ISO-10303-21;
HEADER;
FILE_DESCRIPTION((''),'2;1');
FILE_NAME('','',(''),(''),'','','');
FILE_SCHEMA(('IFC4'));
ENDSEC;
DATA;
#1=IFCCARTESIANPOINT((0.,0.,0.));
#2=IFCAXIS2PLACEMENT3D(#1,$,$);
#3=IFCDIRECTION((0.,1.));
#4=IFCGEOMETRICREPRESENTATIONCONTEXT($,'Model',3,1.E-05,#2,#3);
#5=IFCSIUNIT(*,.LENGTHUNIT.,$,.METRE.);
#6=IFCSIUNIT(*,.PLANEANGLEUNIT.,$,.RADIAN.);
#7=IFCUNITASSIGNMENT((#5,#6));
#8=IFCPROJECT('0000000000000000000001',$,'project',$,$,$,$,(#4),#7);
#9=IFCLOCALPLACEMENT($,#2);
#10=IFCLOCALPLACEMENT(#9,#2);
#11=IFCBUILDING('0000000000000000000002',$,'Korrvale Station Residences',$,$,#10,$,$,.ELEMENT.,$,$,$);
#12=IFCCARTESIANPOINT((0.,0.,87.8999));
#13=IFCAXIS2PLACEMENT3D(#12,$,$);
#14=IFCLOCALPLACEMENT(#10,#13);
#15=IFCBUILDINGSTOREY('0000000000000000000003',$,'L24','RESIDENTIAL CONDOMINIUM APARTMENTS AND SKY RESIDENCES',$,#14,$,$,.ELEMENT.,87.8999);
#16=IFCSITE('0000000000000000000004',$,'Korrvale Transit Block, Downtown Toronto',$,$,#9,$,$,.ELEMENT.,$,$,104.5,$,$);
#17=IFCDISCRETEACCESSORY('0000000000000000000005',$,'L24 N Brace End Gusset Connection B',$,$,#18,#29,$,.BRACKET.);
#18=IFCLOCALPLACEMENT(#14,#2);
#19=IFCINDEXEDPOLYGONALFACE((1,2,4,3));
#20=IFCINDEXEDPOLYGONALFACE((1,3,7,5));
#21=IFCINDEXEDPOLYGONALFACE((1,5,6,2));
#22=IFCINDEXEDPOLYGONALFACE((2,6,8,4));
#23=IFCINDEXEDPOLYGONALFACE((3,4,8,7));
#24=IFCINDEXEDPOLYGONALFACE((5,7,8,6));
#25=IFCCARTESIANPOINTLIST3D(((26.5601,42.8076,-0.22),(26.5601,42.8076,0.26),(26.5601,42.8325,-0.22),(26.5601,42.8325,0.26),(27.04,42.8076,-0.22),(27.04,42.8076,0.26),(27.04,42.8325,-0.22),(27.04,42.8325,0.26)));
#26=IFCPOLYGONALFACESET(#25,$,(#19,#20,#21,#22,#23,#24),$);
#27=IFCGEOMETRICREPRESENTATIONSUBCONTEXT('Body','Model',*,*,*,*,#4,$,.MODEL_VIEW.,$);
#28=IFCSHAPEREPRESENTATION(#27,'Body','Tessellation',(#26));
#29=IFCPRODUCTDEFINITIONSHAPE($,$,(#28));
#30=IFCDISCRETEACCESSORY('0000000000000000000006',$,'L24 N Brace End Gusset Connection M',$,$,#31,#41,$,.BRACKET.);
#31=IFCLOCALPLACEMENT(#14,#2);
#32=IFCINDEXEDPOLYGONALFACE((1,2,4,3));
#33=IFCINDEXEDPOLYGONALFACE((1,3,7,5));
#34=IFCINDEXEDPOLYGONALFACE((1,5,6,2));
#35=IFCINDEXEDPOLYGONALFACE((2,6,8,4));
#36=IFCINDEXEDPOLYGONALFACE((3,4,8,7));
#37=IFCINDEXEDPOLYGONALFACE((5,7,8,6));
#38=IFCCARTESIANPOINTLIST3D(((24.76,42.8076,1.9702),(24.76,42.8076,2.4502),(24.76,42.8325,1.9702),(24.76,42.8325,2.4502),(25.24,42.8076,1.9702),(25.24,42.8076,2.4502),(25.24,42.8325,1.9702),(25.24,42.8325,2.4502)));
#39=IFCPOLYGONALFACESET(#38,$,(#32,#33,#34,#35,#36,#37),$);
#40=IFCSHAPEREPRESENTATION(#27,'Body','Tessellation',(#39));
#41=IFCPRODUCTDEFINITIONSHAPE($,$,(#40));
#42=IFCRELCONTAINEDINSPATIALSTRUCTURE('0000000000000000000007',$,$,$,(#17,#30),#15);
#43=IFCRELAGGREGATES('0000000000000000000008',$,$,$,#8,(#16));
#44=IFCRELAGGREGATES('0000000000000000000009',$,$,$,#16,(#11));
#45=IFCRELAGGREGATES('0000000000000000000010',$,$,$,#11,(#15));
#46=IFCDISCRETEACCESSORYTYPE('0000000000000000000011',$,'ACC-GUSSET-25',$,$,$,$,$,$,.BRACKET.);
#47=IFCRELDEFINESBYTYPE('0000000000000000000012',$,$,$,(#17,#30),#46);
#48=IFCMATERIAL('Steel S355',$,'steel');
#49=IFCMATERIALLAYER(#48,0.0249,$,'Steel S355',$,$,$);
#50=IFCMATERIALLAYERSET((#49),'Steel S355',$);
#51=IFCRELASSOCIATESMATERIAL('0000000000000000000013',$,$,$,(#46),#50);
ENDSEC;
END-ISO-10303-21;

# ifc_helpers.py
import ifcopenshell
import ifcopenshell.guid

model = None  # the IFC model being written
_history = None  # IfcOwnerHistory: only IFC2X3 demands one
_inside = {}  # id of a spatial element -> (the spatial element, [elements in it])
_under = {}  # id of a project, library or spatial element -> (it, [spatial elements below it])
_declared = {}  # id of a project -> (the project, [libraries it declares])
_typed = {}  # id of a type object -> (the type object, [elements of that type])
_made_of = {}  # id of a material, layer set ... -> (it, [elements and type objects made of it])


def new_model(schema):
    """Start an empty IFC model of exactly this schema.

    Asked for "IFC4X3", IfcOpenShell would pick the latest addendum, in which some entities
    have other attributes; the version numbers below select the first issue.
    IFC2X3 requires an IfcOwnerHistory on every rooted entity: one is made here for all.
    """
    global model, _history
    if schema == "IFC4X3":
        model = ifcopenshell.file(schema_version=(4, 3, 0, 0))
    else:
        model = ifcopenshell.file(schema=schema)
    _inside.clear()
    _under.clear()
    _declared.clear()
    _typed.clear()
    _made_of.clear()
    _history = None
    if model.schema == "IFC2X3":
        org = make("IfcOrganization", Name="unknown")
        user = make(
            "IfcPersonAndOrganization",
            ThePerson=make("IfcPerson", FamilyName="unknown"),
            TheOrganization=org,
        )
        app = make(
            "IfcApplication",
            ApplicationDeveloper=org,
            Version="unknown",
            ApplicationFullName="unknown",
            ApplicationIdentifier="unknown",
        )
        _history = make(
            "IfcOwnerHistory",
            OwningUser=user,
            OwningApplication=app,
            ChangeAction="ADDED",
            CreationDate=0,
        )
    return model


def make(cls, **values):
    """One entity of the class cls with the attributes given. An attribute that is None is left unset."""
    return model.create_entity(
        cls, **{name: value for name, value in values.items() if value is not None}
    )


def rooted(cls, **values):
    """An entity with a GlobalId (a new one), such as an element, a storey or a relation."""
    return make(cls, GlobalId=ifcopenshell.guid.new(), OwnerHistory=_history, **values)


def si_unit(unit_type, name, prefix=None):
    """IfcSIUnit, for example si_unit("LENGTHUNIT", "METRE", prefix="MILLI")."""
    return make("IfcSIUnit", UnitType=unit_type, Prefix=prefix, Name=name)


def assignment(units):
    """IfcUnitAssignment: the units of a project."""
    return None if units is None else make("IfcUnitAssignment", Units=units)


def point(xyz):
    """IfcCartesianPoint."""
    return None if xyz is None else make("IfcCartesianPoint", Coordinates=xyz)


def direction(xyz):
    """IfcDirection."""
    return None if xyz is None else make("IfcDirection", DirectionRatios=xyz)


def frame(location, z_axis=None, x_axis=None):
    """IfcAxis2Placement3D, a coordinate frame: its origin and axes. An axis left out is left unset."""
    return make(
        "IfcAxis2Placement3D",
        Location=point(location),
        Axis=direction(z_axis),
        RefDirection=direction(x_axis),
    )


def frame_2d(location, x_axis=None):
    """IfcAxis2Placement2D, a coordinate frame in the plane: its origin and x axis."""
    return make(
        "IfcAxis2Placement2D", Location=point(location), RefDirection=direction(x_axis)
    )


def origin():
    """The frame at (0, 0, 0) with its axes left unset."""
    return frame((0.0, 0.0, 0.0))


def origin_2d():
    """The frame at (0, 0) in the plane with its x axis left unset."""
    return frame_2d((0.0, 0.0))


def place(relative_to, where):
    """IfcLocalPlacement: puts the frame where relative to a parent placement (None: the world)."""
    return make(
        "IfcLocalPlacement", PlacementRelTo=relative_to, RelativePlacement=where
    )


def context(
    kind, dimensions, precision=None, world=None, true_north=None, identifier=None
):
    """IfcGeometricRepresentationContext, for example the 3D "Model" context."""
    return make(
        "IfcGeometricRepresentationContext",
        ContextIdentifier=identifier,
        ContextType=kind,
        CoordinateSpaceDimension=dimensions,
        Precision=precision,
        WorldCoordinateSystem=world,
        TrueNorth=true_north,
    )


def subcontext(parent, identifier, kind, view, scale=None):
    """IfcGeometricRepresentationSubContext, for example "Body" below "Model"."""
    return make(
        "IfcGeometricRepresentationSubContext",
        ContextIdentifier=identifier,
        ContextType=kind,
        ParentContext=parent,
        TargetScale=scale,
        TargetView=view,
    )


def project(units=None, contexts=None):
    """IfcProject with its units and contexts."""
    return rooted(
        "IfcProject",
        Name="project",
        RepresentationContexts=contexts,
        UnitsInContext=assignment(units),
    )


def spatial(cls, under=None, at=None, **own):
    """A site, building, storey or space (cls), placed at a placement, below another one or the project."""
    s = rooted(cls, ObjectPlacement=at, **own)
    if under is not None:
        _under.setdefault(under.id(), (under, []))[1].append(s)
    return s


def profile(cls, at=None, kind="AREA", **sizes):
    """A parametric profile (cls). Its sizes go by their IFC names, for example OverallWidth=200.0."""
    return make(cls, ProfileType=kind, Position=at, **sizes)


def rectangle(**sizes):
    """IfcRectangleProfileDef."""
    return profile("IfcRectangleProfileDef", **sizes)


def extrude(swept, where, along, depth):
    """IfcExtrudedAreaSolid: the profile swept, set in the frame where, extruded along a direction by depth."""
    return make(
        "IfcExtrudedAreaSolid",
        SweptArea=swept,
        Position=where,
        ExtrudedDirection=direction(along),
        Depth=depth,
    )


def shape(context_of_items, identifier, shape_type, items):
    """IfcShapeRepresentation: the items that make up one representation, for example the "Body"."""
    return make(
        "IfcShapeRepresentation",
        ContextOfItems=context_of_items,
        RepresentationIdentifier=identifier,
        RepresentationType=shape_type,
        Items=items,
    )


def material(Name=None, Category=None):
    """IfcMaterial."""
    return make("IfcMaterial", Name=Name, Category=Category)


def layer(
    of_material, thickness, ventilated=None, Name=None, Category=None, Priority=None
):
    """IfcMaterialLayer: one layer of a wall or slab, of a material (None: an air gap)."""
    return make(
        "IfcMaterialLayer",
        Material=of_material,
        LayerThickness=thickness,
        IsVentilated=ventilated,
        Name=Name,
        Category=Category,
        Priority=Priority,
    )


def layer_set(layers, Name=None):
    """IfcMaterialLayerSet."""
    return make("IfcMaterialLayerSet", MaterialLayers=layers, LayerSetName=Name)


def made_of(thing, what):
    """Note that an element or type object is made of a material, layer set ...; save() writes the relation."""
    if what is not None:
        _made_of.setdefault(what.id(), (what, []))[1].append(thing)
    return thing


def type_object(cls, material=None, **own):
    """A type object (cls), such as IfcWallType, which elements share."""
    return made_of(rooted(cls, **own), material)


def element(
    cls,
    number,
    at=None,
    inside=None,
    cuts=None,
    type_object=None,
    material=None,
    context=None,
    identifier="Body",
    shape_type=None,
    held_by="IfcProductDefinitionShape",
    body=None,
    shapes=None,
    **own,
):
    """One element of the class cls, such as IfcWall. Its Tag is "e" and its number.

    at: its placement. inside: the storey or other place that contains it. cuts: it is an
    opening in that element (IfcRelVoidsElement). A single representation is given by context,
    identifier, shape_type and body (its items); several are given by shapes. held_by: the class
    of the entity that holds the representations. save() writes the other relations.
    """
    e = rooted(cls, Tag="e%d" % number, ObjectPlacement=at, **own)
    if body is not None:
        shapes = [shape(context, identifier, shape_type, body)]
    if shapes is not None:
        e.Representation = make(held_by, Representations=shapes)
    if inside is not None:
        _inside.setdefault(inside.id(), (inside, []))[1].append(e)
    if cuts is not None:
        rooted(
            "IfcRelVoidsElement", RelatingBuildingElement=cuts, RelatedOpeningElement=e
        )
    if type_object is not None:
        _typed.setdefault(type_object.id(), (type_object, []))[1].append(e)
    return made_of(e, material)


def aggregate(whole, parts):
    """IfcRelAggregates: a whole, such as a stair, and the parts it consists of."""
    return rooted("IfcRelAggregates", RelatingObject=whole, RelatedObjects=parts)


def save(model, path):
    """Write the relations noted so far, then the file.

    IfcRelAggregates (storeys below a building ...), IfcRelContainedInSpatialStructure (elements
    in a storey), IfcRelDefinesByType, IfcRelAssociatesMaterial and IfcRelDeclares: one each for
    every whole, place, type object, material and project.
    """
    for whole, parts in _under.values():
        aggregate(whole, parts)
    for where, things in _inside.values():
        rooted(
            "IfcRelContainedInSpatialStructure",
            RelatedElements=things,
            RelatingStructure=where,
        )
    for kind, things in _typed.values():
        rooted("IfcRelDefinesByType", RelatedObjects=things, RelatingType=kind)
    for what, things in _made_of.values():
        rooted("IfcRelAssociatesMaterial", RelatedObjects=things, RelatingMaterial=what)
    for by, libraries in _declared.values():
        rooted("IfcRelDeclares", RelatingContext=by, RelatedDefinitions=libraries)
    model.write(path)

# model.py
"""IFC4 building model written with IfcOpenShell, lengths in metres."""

from ifc_helpers import new_model, si_unit, direction, frame, origin, origin_2d, place, context, subcontext, project, spatial, rectangle, extrude, material, layer, layer_set, type_object, element, save


model = new_model("IFC4")

# Units and contexts
model_context = context("Model", 3, precision=1e-05, world=origin(), true_north=direction((0.0, 1.0)))
body_context = subcontext(model_context, "Body", "Model", "MODEL_VIEW")
ifc_project = project(units=[si_unit("LENGTHUNIT", "METRE"), si_unit("PLANEANGLEUNIT", "RADIAN")], contexts=[model_context])

# Site, building, storey
site_placement = place(None, origin())
site = spatial("IfcSite", under=ifc_project, at=site_placement, Name="Korrvale Transit Block, Downtown Toronto", CompositionType="ELEMENT", RefElevation=104.5)
building_placement = place(site_placement, origin())
building = spatial("IfcBuilding", under=site, at=building_placement, Name="Korrvale Station Residences", CompositionType="ELEMENT")
storey_placement = place(building_placement, frame((0.0, 0.0, 87.8999)))
storey = spatial("IfcBuildingStorey", under=building, at=storey_placement, Name="L24", Description="RESIDENTIAL CONDOMINIUM APARTMENTS AND SKY RESIDENCES", CompositionType="ELEMENT", Elevation=87.8999)

# Shared definitions
ifc_material_1 = material(Name="Steel S355", Category="steel")

# Discrete accessories
ifc_layer_1 = layer(ifc_material_1, 0.0249, Name="Steel S355")
ifc_layer_set_1 = layer_set([ifc_layer_1], Name="Steel S355")
discrete_accessory_type = type_object("IfcDiscreteAccessoryType", Name="ACC-GUSSET-25", PredefinedType="BRACKET", material=ifc_layer_set_1)
for number, where, z_axis, x_axis, name in (
    (1, (26.8, 42.8201, -0.22), (0.0, 0.0, 1.0), (1.0, 0.0, 0.0), "L24 N Brace End Gusset Connection B"),
    (2, (25.0, 42.8201, 1.9702), (0.0, 0.0, 1.0), (1.0, 0.0, 0.0), "L24 N Brace End Gusset Connection M"),
):
    element("IfcDiscreteAccessory", number, at=place(storey_placement, frame(where, z_axis=z_axis, x_axis=x_axis)), inside=storey, type_object=discrete_accessory_type, Name=name, PredefinedType="BRACKET", context=body_context, shape_type="SweptSolid", body=[
        extrude(rectangle(XDim=0.48, YDim=0.0249, at=origin_2d()), origin(), (0.0, 0.0, 1.0), 0.48),
    ])

save(model, "model.ifc")
